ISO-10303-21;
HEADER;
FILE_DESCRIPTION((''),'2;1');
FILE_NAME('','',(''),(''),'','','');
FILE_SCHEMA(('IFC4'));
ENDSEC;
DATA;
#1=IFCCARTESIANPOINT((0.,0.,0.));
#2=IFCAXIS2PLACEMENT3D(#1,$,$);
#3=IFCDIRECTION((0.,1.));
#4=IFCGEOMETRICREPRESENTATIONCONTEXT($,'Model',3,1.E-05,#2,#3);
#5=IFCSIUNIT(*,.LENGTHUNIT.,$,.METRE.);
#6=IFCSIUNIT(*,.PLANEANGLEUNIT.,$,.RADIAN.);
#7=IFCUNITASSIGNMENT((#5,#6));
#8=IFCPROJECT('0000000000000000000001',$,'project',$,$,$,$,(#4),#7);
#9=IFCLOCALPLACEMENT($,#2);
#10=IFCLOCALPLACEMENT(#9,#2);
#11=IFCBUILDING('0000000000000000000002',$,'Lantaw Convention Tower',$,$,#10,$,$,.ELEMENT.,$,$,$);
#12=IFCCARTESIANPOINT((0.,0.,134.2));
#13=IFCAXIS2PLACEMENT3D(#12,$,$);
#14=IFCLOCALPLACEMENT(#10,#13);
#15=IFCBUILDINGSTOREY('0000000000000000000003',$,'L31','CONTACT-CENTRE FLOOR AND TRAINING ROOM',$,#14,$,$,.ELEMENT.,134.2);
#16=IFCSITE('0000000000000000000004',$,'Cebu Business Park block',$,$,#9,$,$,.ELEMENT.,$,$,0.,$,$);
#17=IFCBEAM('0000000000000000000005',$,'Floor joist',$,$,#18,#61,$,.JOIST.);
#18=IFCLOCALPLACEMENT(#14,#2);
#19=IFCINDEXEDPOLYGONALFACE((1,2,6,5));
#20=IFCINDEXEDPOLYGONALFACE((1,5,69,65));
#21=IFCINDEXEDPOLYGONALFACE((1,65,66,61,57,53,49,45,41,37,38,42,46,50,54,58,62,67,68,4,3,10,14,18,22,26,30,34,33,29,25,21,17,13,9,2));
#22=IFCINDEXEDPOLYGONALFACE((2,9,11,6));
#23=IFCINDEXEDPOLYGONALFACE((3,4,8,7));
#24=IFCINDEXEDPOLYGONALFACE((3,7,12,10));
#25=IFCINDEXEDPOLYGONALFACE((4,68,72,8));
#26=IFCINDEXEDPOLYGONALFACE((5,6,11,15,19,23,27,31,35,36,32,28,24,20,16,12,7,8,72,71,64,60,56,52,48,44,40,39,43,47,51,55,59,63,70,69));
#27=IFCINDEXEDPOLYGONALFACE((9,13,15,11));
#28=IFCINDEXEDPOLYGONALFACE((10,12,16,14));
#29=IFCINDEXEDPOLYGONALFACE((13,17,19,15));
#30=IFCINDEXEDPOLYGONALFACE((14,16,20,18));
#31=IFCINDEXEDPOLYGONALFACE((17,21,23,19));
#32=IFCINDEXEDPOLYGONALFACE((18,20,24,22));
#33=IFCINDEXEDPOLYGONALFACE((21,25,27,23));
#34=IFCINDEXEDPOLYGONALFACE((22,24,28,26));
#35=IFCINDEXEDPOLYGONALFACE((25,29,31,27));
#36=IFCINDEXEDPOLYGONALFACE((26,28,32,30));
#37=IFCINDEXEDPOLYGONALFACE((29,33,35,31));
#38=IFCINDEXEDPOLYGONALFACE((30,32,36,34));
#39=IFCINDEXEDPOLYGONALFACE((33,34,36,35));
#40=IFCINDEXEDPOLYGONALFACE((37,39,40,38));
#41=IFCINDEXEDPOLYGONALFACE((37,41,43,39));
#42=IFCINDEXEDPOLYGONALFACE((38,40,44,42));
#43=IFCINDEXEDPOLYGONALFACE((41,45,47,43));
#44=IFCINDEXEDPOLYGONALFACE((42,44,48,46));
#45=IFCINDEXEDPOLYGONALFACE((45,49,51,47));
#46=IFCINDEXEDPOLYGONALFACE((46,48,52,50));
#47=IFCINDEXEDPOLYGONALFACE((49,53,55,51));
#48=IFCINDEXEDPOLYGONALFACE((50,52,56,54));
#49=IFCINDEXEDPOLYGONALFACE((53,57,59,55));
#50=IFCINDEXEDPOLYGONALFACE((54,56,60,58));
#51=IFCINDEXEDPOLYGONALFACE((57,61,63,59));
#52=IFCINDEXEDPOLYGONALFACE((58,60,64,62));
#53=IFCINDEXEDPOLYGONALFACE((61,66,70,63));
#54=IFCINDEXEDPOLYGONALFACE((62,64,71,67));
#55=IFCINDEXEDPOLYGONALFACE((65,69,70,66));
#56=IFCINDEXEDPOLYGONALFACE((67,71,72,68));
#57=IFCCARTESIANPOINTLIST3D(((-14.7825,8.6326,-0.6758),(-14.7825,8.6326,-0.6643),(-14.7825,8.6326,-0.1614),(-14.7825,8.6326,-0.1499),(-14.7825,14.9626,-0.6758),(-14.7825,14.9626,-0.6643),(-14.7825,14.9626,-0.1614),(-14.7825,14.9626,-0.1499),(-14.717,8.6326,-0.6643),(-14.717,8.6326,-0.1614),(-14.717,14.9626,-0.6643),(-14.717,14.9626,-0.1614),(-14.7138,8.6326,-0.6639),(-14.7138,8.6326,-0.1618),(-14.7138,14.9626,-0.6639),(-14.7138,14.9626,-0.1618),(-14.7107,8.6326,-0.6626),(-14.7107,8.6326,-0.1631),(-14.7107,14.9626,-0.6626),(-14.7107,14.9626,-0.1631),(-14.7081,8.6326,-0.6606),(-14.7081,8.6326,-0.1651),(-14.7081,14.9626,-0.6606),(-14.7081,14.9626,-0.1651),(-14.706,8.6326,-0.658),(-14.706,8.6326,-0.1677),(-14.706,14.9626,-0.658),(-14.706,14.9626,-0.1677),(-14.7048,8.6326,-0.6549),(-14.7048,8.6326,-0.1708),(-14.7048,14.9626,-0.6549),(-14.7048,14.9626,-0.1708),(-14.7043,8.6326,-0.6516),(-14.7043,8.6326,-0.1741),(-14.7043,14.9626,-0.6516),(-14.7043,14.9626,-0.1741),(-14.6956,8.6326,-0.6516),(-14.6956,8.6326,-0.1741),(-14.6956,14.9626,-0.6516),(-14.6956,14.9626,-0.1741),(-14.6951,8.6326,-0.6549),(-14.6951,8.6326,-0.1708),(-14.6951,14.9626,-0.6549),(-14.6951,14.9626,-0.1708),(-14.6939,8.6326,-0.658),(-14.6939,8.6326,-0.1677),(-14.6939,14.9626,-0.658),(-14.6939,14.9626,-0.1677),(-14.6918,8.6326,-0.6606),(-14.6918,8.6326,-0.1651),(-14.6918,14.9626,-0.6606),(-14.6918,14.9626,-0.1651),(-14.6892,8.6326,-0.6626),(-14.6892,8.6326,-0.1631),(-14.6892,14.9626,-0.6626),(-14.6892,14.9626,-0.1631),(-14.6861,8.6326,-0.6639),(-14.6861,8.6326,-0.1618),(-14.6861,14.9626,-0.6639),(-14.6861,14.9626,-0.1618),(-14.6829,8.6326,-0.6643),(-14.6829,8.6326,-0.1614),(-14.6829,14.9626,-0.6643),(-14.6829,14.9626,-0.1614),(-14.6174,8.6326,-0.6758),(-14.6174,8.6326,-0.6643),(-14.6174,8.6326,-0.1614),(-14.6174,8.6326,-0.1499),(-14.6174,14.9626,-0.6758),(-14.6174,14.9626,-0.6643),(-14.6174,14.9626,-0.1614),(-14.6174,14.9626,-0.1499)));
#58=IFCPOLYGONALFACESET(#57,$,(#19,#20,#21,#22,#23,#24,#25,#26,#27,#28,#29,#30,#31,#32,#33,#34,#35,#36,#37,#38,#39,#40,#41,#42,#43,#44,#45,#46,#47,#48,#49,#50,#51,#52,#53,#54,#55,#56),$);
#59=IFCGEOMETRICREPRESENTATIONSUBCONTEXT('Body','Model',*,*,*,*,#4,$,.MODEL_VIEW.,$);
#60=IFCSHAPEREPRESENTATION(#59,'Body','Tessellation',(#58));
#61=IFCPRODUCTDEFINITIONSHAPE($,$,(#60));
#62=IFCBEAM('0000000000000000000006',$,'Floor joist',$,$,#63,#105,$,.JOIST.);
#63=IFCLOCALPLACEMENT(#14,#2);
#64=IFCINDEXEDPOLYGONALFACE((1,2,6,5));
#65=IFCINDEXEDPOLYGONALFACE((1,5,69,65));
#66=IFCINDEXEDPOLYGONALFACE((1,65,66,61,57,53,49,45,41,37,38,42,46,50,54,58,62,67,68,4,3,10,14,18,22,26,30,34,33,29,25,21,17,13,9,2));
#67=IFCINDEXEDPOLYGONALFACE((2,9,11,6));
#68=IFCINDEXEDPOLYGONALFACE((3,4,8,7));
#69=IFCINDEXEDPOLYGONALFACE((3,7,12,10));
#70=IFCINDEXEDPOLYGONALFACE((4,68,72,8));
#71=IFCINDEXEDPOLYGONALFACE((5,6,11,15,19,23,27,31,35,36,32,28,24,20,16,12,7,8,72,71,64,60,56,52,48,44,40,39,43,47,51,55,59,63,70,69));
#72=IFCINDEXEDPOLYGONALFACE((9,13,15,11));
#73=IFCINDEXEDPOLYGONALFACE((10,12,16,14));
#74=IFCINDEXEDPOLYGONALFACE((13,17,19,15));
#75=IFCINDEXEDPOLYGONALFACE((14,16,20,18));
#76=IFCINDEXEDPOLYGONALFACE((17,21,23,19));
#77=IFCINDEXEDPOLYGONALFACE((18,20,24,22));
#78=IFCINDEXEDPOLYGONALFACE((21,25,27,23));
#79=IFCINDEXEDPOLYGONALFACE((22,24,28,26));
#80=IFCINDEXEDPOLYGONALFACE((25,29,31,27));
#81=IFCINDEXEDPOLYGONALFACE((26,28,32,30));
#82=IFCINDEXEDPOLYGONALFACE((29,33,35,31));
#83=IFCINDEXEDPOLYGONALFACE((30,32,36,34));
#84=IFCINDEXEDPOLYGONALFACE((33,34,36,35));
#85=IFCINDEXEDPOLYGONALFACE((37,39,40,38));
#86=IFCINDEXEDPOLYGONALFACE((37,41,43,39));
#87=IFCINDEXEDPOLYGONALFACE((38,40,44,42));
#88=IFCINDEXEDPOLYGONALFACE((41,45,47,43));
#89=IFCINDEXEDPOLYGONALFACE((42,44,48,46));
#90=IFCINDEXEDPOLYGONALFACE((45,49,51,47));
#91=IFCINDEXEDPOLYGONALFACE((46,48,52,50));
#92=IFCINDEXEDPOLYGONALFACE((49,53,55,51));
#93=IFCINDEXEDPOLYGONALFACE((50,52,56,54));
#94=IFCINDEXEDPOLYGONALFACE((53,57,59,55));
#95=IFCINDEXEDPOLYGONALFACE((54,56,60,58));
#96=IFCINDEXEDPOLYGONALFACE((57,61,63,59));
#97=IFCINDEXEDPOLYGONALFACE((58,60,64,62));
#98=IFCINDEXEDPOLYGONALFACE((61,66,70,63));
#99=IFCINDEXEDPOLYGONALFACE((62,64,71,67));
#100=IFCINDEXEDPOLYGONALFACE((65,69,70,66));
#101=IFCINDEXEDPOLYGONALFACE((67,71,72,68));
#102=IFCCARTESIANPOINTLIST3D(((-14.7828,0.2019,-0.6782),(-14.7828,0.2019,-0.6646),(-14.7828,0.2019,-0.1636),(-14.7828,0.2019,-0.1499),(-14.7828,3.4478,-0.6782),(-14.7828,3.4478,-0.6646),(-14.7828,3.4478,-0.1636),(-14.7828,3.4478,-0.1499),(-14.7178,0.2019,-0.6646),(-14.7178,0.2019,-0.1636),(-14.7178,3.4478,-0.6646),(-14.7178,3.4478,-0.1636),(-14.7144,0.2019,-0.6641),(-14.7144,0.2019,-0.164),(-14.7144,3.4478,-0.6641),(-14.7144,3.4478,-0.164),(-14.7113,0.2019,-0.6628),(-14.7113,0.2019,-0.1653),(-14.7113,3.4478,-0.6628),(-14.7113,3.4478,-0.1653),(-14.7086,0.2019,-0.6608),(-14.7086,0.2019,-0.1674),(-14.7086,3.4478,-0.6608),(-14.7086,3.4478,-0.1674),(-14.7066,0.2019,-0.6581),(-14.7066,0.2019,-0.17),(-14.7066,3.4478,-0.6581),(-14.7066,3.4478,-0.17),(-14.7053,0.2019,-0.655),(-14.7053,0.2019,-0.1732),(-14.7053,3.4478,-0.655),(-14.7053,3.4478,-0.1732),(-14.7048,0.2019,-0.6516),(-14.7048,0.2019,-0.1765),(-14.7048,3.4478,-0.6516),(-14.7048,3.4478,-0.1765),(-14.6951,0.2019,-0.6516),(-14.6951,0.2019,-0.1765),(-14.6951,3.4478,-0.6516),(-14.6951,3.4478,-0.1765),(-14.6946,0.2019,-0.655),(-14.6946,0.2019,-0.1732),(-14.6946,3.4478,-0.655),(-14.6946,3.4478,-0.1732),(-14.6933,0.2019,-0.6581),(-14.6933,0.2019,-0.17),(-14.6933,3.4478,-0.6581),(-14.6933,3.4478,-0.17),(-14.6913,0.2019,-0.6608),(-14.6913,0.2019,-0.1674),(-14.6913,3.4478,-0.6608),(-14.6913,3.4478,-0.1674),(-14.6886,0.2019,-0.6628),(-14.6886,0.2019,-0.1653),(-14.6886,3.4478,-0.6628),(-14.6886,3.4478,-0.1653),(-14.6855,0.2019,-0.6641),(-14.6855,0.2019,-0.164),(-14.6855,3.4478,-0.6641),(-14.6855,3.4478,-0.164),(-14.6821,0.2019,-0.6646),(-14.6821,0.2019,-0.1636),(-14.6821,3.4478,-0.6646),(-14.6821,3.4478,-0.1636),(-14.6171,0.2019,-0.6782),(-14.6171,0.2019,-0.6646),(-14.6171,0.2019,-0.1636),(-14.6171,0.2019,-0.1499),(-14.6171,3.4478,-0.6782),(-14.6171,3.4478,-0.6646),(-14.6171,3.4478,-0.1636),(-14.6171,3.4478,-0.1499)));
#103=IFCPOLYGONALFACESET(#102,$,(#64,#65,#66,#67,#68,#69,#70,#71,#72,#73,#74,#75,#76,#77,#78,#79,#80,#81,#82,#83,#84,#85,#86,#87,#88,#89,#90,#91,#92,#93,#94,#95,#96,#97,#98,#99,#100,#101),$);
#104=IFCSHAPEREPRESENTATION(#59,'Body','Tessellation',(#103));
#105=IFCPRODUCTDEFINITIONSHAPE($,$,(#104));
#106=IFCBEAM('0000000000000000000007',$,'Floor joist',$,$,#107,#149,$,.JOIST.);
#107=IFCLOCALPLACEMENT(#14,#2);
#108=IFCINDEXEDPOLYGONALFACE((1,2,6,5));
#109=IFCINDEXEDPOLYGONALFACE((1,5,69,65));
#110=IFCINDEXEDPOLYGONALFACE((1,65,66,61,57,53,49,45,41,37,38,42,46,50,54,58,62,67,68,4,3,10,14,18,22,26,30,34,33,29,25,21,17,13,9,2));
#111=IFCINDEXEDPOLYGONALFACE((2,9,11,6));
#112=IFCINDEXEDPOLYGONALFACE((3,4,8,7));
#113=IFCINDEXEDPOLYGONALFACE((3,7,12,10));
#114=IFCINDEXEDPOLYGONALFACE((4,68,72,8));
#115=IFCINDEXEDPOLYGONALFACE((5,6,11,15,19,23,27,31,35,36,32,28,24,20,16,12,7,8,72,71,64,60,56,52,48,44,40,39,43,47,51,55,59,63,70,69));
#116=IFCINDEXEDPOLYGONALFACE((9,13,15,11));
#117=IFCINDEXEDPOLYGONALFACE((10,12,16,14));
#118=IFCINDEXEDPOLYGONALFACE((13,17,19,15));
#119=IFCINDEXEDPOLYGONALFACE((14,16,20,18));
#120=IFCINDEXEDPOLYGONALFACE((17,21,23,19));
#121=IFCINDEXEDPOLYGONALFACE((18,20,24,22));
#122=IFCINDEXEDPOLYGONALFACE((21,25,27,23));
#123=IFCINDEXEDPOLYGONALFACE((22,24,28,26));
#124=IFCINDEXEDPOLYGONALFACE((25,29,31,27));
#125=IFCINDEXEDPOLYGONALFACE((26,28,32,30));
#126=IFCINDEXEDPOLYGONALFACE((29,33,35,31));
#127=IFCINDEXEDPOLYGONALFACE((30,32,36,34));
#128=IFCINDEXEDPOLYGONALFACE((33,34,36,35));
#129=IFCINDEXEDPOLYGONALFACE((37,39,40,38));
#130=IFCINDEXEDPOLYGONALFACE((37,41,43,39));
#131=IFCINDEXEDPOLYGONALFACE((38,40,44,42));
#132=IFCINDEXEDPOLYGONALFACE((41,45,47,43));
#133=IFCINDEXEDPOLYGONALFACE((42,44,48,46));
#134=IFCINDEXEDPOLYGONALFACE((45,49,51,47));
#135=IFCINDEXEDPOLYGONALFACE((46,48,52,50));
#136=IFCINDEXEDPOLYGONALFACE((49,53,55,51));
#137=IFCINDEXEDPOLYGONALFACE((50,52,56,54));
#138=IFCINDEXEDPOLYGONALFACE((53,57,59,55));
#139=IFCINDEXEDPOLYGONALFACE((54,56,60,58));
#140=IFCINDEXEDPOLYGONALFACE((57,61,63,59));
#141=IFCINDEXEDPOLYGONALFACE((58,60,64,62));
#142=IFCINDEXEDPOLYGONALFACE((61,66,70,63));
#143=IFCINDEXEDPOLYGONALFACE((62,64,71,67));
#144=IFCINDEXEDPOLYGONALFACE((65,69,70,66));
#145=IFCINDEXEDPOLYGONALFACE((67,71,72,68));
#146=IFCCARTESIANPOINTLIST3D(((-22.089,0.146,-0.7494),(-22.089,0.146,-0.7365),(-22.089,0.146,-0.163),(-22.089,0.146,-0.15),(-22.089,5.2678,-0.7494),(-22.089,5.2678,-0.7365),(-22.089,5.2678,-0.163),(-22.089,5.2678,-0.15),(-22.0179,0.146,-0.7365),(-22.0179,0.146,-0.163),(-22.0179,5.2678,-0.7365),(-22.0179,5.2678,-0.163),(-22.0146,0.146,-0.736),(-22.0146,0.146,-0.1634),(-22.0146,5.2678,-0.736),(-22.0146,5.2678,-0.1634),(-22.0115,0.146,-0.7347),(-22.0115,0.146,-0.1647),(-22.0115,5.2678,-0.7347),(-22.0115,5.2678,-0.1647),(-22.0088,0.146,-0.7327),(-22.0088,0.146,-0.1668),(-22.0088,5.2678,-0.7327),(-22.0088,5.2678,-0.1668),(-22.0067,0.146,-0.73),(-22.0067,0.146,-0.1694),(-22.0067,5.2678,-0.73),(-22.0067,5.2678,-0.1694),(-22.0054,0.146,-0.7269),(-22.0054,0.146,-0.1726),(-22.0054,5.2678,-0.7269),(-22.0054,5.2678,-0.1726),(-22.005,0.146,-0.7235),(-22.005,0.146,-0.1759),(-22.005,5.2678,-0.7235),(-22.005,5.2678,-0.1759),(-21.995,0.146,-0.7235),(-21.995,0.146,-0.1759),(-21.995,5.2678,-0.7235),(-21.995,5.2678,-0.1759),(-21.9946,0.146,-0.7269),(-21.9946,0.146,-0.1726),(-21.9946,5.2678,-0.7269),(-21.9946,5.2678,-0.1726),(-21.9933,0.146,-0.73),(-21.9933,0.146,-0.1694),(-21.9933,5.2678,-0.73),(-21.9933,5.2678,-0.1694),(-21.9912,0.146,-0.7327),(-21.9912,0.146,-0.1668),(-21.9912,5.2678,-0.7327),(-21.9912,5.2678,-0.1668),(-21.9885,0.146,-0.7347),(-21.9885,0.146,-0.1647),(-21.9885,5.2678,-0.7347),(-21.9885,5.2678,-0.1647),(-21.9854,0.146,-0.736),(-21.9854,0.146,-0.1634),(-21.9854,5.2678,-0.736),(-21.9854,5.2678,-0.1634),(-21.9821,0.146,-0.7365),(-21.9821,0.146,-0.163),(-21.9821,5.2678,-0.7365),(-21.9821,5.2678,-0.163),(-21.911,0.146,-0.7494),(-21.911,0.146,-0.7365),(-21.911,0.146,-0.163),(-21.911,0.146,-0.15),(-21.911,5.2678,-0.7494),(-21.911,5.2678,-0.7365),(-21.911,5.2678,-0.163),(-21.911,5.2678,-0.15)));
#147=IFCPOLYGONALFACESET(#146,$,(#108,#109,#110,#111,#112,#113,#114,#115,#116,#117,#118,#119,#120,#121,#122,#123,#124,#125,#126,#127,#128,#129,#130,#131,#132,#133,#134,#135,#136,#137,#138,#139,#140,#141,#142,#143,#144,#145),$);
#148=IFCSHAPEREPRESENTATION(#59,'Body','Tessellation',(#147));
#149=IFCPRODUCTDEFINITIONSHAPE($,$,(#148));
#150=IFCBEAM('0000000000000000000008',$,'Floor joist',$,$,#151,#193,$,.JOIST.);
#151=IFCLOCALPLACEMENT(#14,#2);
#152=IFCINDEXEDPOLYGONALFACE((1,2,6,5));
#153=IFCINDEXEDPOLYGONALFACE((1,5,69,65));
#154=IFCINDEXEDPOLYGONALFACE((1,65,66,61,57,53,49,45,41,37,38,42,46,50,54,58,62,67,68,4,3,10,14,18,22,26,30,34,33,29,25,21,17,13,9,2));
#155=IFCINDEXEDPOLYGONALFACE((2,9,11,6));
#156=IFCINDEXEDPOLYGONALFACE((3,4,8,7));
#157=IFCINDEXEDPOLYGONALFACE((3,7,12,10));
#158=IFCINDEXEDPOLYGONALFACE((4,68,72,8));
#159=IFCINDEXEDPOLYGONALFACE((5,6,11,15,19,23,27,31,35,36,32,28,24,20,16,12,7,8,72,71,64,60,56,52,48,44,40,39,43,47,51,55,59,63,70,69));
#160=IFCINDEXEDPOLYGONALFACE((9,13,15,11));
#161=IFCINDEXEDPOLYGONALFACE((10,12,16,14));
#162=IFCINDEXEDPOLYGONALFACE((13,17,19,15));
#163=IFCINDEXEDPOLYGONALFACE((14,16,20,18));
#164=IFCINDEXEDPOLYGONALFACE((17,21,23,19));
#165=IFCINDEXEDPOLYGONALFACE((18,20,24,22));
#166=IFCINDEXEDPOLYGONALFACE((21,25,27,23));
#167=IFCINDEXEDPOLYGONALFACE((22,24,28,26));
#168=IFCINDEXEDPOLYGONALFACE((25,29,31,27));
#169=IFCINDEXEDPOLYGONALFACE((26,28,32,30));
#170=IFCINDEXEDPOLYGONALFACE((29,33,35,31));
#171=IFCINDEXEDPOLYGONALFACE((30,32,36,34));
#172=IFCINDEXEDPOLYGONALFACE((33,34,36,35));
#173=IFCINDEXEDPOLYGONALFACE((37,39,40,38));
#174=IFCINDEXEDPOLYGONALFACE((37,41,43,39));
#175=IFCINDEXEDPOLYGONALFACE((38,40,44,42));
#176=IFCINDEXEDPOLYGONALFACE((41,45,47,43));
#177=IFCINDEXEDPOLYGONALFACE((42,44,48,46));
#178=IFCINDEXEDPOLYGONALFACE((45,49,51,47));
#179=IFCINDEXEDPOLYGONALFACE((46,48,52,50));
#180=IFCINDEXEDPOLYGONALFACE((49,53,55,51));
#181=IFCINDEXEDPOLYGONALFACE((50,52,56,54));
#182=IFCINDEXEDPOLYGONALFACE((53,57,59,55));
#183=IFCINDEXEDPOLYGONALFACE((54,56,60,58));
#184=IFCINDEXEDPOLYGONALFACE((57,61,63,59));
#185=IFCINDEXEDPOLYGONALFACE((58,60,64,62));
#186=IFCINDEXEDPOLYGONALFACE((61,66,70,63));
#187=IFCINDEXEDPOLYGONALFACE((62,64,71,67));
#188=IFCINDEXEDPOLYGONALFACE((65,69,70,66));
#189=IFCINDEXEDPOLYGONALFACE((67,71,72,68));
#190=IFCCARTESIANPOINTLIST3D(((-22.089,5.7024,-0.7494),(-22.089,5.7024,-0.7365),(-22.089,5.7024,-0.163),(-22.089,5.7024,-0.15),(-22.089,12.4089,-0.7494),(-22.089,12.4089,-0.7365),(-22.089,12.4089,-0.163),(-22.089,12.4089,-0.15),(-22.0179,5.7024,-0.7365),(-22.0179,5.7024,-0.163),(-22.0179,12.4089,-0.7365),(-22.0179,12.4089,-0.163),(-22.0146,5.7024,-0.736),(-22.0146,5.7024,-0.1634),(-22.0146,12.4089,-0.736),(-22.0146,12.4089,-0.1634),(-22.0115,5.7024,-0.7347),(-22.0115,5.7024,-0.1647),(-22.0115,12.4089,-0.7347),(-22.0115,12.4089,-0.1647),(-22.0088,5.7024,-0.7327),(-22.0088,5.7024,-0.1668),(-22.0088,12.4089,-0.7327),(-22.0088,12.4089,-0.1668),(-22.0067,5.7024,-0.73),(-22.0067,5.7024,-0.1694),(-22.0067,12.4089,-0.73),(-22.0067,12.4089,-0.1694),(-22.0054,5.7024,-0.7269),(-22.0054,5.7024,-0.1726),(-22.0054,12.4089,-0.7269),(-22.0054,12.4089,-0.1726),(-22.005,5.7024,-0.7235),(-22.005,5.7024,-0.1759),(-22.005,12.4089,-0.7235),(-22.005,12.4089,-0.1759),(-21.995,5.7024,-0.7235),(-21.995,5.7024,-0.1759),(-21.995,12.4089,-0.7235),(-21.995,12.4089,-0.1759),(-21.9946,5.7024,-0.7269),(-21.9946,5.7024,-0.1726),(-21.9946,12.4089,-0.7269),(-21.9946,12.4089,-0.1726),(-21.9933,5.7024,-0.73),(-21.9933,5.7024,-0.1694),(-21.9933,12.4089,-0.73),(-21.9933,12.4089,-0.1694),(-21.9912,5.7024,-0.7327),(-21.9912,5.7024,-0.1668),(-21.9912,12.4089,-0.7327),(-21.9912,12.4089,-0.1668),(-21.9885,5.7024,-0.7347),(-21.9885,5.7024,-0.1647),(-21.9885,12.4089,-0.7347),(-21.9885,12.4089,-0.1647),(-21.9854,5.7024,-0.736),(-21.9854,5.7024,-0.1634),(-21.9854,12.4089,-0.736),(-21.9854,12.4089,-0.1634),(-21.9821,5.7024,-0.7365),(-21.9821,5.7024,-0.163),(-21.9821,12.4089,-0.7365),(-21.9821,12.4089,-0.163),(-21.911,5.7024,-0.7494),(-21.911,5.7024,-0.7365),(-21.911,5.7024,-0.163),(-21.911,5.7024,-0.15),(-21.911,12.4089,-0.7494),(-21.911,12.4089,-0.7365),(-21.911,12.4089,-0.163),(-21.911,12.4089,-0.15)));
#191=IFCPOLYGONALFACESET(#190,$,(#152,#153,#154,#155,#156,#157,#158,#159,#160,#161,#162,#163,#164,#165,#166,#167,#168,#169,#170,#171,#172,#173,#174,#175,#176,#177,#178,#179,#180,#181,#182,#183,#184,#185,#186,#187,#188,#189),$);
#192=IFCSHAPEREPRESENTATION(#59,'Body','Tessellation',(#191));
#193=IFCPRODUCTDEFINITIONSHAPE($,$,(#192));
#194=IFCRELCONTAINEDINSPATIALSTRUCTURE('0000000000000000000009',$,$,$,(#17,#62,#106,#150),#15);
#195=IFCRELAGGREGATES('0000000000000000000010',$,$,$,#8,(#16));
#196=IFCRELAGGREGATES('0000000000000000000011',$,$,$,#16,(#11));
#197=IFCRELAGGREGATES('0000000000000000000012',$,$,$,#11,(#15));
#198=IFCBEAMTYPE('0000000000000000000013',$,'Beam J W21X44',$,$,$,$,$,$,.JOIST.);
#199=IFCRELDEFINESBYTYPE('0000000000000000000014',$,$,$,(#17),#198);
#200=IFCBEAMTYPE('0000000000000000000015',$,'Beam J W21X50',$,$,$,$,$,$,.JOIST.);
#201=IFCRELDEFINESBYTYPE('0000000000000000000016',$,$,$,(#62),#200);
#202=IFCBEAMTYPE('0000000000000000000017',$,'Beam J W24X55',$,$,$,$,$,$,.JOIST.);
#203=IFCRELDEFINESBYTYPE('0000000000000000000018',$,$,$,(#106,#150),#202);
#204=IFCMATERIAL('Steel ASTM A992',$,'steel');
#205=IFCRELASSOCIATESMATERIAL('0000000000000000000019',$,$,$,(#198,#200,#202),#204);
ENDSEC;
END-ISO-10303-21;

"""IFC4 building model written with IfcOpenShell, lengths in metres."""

from ifc_helpers import new_model, si_unit, direction, frame, origin, origin_2d, place, context, subcontext, project, spatial, i_section, extrude, material, material_profile, profile_set, type_object, element, save


model = new_model("IFC4")

# Units and contexts
model_context = context("Model", 3, precision=1e-05, world=origin(), true_north=direction((0.0, 1.0)))
body_context = subcontext(model_context, "Body", "Model", "MODEL_VIEW")
ifc_project = project(units=[si_unit("LENGTHUNIT", "METRE"), si_unit("PLANEANGLEUNIT", "RADIAN")], contexts=[model_context])

# Site, building, storey
site_placement = place(None, origin())
site = spatial("IfcSite", under=ifc_project, at=site_placement, Name="Cebu Business Park block", CompositionType="ELEMENT", RefElevation=0.0)
building_placement = place(site_placement, origin())
building = spatial("IfcBuilding", under=site, at=building_placement, Name="Lantaw Convention Tower", CompositionType="ELEMENT")
storey_placement = place(building_placement, frame((0.0, 0.0, 134.2)))
storey = spatial("IfcBuildingStorey", under=building, at=storey_placement, Name="L31", Description="CONTACT-CENTRE FLOOR AND TRAINING ROOM", CompositionType="ELEMENT", Elevation=134.2)

# Beams
ifc_material_1 = material(Name="Steel ASTM A992", Category="steel")
ifc_material_profile_1 = material_profile(ifc_material_1, i_section(OverallWidth=0.165, OverallDepth=0.5259, WebThickness=0.0088, FlangeThickness=0.0115, FilletRadius=0.0127, at=origin_2d()), Name="W21X44")
ifc_profile_set_1 = profile_set([ifc_material_profile_1], Name="Steel ASTM A992")
beam_type_1 = type_object("IfcBeamType", Name="Beam J W21X44", PredefinedType="JOIST", material=ifc_profile_set_1)
beam_1_placement = place(storey_placement, frame((-14.7, 8.6326, -0.4128), z_axis=(0.0, 1.0, 0.0), x_axis=(-1.0, 0.0, 0.0)))
element("IfcBeam", 1, at=beam_1_placement, inside=storey, type_object=beam_type_1, Name="Floor joist", PredefinedType="JOIST", context=body_context, shape_type="SweptSolid", body=[
    extrude(i_section(OverallWidth=0.165, OverallDepth=0.5259, WebThickness=0.0088, FlangeThickness=0.0115, FilletRadius=0.0127, at=origin_2d()), origin(), (0.0, 0.0, 1.0), 6.3301),
])
ifc_material_profile_2 = material_profile(ifc_material_1, i_section(OverallWidth=0.1658, OverallDepth=0.5283, WebThickness=0.0098, FlangeThickness=0.0137, FilletRadius=0.0129, at=origin_2d()), Name="W21X50")
ifc_profile_set_2 = profile_set([ifc_material_profile_2], Name="Steel ASTM A992")
beam_type_2 = type_object("IfcBeamType", Name="Beam J W21X50", PredefinedType="JOIST", material=ifc_profile_set_2)
beam_2_placement = place(storey_placement, frame((-14.7, 0.2019, -0.4141), z_axis=(0.0, 1.0, 0.0), x_axis=(-1.0, 0.0, 0.0)))
element("IfcBeam", 2, at=beam_2_placement, inside=storey, type_object=beam_type_2, Name="Floor joist", PredefinedType="JOIST", context=body_context, shape_type="SweptSolid", body=[
    extrude(i_section(OverallWidth=0.1658, OverallDepth=0.5283, WebThickness=0.0098, FlangeThickness=0.0137, FilletRadius=0.0129, at=origin_2d()), origin(), (0.0, 0.0, 1.0), 3.2458),
])
ifc_material_profile_3 = material_profile(ifc_material_1, i_section(OverallWidth=0.178, OverallDepth=0.5994, WebThickness=0.01, FlangeThickness=0.0129, FilletRadius=0.0129, at=origin_2d()), Name="W24X55")
ifc_profile_set_3 = profile_set([ifc_material_profile_3], Name="Steel ASTM A992")
beam_type_3 = type_object("IfcBeamType", Name="Beam J W24X55", PredefinedType="JOIST", material=ifc_profile_set_3)
beam_3_placement = place(storey_placement, frame((-22.0, 0.146, -0.4497), z_axis=(0.0, 1.0, 0.0), x_axis=(-1.0, 0.0, 0.0)))
element("IfcBeam", 3, at=beam_3_placement, inside=storey, type_object=beam_type_3, Name="Floor joist", PredefinedType="JOIST", context=body_context, shape_type="SweptSolid", body=[
    extrude(i_section(OverallWidth=0.178, OverallDepth=0.5994, WebThickness=0.01, FlangeThickness=0.0129, FilletRadius=0.0129, at=origin_2d()), origin(), (0.0, 0.0, 1.0), 5.1218),
])
beam_4_placement = place(storey_placement, frame((-22.0, 5.7024, -0.4497), z_axis=(0.0, 1.0, 0.0), x_axis=(-1.0, 0.0, 0.0)))
element("IfcBeam", 4, at=beam_4_placement, inside=storey, type_object=beam_type_3, Name="Floor joist", PredefinedType="JOIST", context=body_context, shape_type="SweptSolid", body=[
    extrude(i_section(OverallWidth=0.178, OverallDepth=0.5994, WebThickness=0.01, FlangeThickness=0.0129, FilletRadius=0.0129, at=origin_2d()), origin(), (0.0, 0.0, 1.0), 6.7065),
])

save(model, "model.ifc")
